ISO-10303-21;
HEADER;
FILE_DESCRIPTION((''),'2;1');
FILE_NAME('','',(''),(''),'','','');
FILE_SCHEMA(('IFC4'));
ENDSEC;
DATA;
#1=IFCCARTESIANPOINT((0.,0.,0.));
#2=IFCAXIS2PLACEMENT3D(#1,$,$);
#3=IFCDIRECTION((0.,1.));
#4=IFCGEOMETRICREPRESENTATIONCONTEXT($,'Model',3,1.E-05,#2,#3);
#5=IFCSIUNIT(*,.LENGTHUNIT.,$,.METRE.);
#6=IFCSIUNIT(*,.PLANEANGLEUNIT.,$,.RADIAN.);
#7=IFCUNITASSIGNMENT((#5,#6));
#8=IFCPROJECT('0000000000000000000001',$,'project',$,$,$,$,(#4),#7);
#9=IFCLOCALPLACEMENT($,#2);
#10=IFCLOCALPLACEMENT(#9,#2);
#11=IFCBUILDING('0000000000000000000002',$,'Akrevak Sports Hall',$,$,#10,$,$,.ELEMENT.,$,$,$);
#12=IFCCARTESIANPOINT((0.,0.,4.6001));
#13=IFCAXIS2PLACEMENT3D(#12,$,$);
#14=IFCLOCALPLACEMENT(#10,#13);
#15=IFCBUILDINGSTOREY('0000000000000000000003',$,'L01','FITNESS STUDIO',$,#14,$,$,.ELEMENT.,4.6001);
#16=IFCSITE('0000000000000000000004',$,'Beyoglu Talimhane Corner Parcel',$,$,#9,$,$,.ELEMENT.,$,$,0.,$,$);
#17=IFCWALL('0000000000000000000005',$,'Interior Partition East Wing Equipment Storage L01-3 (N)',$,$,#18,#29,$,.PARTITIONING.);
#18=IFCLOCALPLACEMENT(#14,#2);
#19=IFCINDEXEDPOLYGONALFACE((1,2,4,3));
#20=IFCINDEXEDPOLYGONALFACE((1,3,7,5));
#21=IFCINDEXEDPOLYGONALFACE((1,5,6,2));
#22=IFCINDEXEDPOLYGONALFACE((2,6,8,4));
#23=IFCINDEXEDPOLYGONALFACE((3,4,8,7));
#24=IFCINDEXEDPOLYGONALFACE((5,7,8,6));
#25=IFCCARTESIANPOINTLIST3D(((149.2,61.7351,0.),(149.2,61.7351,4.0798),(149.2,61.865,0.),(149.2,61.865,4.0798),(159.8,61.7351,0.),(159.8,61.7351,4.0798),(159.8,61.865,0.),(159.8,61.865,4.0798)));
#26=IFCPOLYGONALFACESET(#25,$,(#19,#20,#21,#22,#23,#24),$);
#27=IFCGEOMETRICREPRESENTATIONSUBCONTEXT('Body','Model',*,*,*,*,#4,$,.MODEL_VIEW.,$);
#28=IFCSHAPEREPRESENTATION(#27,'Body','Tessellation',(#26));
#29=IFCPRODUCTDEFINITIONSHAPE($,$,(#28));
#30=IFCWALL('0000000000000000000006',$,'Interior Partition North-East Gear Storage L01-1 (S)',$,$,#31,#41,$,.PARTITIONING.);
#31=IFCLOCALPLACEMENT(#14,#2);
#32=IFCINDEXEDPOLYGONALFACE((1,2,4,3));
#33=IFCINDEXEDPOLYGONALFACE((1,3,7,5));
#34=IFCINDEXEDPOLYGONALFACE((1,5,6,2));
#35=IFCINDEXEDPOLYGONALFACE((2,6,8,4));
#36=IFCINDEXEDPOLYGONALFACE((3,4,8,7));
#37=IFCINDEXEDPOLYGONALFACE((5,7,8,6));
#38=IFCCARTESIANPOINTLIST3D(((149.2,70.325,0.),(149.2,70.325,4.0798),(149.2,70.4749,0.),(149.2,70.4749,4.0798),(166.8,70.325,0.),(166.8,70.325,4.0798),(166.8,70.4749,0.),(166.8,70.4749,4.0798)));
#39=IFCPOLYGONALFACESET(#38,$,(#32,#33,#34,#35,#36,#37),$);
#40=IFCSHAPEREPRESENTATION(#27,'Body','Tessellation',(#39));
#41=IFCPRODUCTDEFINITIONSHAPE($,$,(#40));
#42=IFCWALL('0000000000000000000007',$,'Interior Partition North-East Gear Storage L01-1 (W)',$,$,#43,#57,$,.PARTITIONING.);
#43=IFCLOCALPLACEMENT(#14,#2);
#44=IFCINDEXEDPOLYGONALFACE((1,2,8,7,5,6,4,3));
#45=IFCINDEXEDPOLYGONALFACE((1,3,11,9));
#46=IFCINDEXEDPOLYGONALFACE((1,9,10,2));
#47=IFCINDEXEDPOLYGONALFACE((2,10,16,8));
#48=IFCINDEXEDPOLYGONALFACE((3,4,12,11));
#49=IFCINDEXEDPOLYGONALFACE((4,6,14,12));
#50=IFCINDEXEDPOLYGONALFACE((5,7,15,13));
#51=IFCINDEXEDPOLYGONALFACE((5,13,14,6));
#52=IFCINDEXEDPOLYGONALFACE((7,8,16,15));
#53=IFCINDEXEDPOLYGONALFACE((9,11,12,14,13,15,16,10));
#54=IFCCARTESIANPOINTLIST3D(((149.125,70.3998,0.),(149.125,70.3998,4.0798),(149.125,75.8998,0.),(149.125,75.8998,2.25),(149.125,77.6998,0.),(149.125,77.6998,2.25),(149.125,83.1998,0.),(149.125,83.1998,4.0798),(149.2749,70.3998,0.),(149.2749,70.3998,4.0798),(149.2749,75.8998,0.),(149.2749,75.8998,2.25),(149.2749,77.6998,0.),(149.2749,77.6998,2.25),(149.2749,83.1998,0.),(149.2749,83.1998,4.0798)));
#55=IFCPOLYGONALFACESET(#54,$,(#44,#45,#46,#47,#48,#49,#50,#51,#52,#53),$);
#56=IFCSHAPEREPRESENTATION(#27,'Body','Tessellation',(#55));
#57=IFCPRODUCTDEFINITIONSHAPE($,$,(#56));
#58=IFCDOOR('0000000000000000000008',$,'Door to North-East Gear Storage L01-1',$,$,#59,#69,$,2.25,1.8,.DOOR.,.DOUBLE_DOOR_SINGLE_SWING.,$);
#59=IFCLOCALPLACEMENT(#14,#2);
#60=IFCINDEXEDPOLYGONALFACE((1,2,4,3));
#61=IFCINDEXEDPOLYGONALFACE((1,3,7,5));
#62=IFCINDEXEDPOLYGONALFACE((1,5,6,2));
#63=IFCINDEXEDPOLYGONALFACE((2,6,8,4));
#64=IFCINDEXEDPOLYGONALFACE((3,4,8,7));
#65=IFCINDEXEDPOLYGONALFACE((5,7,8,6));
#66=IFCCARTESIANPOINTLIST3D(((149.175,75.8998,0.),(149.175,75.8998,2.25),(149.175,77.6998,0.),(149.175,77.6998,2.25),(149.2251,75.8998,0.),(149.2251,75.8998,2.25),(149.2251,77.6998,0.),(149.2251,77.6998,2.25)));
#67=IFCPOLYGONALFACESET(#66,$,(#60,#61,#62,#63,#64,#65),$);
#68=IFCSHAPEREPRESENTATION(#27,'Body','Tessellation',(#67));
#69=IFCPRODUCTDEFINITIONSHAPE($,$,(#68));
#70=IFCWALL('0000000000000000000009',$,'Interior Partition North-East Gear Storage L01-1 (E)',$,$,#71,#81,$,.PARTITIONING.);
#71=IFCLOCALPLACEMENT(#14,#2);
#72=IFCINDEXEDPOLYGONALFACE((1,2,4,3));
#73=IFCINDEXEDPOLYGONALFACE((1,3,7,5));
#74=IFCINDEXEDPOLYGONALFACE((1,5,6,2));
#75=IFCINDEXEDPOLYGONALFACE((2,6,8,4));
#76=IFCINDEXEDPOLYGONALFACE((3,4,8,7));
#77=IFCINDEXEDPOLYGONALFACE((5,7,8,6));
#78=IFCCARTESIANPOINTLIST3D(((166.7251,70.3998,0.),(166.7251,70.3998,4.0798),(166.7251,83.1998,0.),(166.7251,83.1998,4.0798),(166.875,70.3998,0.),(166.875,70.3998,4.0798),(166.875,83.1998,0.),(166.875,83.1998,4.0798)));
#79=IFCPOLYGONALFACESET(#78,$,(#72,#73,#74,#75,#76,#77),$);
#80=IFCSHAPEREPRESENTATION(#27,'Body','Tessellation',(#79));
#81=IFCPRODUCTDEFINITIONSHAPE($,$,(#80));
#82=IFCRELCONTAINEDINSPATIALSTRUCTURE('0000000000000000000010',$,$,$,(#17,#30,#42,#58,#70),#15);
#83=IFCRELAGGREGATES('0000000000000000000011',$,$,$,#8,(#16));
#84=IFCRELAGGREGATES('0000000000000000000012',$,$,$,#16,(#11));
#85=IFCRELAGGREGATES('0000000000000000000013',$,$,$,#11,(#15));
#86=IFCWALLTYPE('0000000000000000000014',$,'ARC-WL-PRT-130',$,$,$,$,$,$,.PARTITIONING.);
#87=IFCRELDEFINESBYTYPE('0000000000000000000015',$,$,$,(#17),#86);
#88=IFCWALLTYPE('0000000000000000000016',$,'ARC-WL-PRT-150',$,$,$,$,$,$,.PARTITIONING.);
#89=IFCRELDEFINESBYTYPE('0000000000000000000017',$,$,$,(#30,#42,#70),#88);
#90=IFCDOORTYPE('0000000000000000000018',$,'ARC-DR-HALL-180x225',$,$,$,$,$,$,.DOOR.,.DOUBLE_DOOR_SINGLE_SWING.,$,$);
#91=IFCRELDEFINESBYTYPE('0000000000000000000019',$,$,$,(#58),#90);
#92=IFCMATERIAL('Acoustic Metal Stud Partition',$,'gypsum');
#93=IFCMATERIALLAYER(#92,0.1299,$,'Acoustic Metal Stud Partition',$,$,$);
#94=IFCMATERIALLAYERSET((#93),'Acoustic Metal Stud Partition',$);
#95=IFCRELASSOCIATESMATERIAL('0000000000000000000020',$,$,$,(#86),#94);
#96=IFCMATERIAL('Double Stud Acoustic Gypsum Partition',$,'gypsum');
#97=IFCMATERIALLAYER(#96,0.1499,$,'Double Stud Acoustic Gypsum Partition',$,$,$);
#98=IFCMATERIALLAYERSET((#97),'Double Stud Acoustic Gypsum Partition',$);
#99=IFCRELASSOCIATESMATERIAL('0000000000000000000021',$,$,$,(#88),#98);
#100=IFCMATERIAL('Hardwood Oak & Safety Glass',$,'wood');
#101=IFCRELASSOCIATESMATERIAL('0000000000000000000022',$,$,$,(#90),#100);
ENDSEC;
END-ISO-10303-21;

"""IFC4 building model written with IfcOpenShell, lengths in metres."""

from ifc_helpers import new_model, si_unit, direction, frame, frame_2d, origin, place, context, subcontext, project, spatial, rectangle, extrude, material, layer, layer_set, type_object, element, fill, save


model = new_model("IFC4")

# Units and contexts
model_context = context("Model", 3, precision=1e-05, world=origin(), true_north=direction((0.0, 1.0)))
body_context = subcontext(model_context, "Body", "Model", "MODEL_VIEW")
ifc_project = project(units=[si_unit("LENGTHUNIT", "METRE"), si_unit("PLANEANGLEUNIT", "RADIAN")], contexts=[model_context])

# Site, building, storey
site_placement = place(None, origin())
site = spatial("IfcSite", under=ifc_project, at=site_placement, Name="Beyoglu Talimhane Corner Parcel", CompositionType="ELEMENT", RefElevation=0.0)
building_placement = place(site_placement, origin())
building = spatial("IfcBuilding", under=site, at=building_placement, Name="Akrevak Sports Hall", CompositionType="ELEMENT")
storey_placement = place(building_placement, frame((0.0, 0.0, 4.6001)))
storey = spatial("IfcBuildingStorey", under=building, at=storey_placement, Name="L01", Description="FITNESS STUDIO", CompositionType="ELEMENT", Elevation=4.6001)

# Walls
ifc_material_1 = material(Name="Acoustic Metal Stud Partition", Category="gypsum")
ifc_layer_1 = layer(ifc_material_1, 0.1299, Name="Acoustic Metal Stud Partition")
ifc_layer_set_1 = layer_set([ifc_layer_1], Name="Acoustic Metal Stud Partition")
wall_type_1 = type_object("IfcWallType", Name="ARC-WL-PRT-130", PredefinedType="PARTITIONING", material=ifc_layer_set_1)
wall_1_placement = place(storey_placement, frame((149.2, 61.8, 0.0), z_axis=(0.0, 0.0, 1.0), x_axis=(1.0, 0.0, 0.0)))
element("IfcWall", 1, at=wall_1_placement, inside=storey, type_object=wall_type_1, Name="Interior Partition East Wing Equipment Storage L01-3 (N)", PredefinedType="PARTITIONING", context=body_context, shape_type="SweptSolid", body=[
    extrude(rectangle(XDim=10.6001, YDim=0.1299, at=frame_2d((5.3, 0.0))), origin(), (0.0, 0.0, 1.0), 4.0798),
])
ifc_material_2 = material(Name="Double Stud Acoustic Gypsum Partition", Category="gypsum")
ifc_layer_2 = layer(ifc_material_2, 0.1499, Name="Double Stud Acoustic Gypsum Partition")
ifc_layer_set_2 = layer_set([ifc_layer_2], Name="Double Stud Acoustic Gypsum Partition")
wall_type_2 = type_object("IfcWallType", Name="ARC-WL-PRT-150", PredefinedType="PARTITIONING", material=ifc_layer_set_2)
wall_2_placement = place(storey_placement, frame((149.2, 70.3999, 0.0), z_axis=(0.0, 0.0, 1.0), x_axis=(1.0, 0.0, 0.0)))
element("IfcWall", 2, at=wall_2_placement, inside=storey, type_object=wall_type_2, Name="Interior Partition North-East Gear Storage L01-1 (S)", PredefinedType="PARTITIONING", context=body_context, shape_type="SweptSolid", body=[
    extrude(rectangle(XDim=17.6001, YDim=0.1499, at=frame_2d((8.8, 0.0))), origin(), (0.0, 0.0, 1.0), 4.0798),
])

# Wall, opening, door
wall_3_placement = place(storey_placement, frame((149.2, 70.3999, 0.0), z_axis=(0.0, 0.0, 1.0), x_axis=(0.0, 1.0, 0.0)))
wall_3 = element("IfcWall", 3, at=wall_3_placement, inside=storey, type_object=wall_type_2, Name="Interior Partition North-East Gear Storage L01-1 (W)", PredefinedType="PARTITIONING", context=body_context, shape_type="SweptSolid", body=[
    extrude(rectangle(XDim=12.8, YDim=0.1499, at=frame_2d((6.3999, 0.0))), origin(), (0.0, 0.0, 1.0), 4.0798),
])
opening_placement = place(wall_3_placement, frame((5.5, 0.0, 0.0)))
opening = element("IfcOpeningElement", 4, at=opening_placement, cuts=wall_3, PredefinedType="OPENING", context=body_context, shape_type="SweptSolid", body=[
    extrude(rectangle(XDim=1.8, YDim=2.25, at=frame_2d((0.8999, 1.125))), frame((0.0, 0.0869, 0.0), z_axis=(0.0, -1.0, 0.0), x_axis=(1.0, 0.0, 0.0)), (0.0, 0.0, 1.0), 0.1738),
])
ifc_material_3 = material(Name="Hardwood Oak & Safety Glass", Category="wood")
door_type = type_object("IfcDoorType", Name="ARC-DR-HALL-180x225", OperationType="DOUBLE_DOOR_SINGLE_SWING", PredefinedType="DOOR", material=ifc_material_3)
door_placement = place(opening_placement, origin())
door = element("IfcDoor", 5, at=door_placement, inside=storey, type_object=door_type, Name="Door to North-East Gear Storage L01-1", OperationType="DOUBLE_DOOR_SINGLE_SWING", OverallHeight=2.25, OverallWidth=1.8, PredefinedType="DOOR", context=body_context, shape_type="SweptSolid", body=[
    extrude(rectangle(XDim=1.8, YDim=2.25, at=frame_2d((0.8999, 1.125))), frame((0.0, 0.0249, 0.0), z_axis=(0.0, -1.0, 0.0), x_axis=(1.0, 0.0, 0.0)), (0.0, 0.0, 1.0), 0.05),
])
fill(opening, door)

# Wall
wall_4_placement = place(storey_placement, frame((166.8, 70.3999, 0.0), z_axis=(0.0, 0.0, 1.0), x_axis=(0.0, 1.0, 0.0)))
element("IfcWall", 6, at=wall_4_placement, inside=storey, type_object=wall_type_2, Name="Interior Partition North-East Gear Storage L01-1 (E)", PredefinedType="PARTITIONING", context=body_context, shape_type="SweptSolid", body=[
    extrude(rectangle(XDim=12.8, YDim=0.1499, at=frame_2d((6.3999, 0.0))), origin(), (0.0, 0.0, 1.0), 4.0798),
])

save(model, "model.ifc")
